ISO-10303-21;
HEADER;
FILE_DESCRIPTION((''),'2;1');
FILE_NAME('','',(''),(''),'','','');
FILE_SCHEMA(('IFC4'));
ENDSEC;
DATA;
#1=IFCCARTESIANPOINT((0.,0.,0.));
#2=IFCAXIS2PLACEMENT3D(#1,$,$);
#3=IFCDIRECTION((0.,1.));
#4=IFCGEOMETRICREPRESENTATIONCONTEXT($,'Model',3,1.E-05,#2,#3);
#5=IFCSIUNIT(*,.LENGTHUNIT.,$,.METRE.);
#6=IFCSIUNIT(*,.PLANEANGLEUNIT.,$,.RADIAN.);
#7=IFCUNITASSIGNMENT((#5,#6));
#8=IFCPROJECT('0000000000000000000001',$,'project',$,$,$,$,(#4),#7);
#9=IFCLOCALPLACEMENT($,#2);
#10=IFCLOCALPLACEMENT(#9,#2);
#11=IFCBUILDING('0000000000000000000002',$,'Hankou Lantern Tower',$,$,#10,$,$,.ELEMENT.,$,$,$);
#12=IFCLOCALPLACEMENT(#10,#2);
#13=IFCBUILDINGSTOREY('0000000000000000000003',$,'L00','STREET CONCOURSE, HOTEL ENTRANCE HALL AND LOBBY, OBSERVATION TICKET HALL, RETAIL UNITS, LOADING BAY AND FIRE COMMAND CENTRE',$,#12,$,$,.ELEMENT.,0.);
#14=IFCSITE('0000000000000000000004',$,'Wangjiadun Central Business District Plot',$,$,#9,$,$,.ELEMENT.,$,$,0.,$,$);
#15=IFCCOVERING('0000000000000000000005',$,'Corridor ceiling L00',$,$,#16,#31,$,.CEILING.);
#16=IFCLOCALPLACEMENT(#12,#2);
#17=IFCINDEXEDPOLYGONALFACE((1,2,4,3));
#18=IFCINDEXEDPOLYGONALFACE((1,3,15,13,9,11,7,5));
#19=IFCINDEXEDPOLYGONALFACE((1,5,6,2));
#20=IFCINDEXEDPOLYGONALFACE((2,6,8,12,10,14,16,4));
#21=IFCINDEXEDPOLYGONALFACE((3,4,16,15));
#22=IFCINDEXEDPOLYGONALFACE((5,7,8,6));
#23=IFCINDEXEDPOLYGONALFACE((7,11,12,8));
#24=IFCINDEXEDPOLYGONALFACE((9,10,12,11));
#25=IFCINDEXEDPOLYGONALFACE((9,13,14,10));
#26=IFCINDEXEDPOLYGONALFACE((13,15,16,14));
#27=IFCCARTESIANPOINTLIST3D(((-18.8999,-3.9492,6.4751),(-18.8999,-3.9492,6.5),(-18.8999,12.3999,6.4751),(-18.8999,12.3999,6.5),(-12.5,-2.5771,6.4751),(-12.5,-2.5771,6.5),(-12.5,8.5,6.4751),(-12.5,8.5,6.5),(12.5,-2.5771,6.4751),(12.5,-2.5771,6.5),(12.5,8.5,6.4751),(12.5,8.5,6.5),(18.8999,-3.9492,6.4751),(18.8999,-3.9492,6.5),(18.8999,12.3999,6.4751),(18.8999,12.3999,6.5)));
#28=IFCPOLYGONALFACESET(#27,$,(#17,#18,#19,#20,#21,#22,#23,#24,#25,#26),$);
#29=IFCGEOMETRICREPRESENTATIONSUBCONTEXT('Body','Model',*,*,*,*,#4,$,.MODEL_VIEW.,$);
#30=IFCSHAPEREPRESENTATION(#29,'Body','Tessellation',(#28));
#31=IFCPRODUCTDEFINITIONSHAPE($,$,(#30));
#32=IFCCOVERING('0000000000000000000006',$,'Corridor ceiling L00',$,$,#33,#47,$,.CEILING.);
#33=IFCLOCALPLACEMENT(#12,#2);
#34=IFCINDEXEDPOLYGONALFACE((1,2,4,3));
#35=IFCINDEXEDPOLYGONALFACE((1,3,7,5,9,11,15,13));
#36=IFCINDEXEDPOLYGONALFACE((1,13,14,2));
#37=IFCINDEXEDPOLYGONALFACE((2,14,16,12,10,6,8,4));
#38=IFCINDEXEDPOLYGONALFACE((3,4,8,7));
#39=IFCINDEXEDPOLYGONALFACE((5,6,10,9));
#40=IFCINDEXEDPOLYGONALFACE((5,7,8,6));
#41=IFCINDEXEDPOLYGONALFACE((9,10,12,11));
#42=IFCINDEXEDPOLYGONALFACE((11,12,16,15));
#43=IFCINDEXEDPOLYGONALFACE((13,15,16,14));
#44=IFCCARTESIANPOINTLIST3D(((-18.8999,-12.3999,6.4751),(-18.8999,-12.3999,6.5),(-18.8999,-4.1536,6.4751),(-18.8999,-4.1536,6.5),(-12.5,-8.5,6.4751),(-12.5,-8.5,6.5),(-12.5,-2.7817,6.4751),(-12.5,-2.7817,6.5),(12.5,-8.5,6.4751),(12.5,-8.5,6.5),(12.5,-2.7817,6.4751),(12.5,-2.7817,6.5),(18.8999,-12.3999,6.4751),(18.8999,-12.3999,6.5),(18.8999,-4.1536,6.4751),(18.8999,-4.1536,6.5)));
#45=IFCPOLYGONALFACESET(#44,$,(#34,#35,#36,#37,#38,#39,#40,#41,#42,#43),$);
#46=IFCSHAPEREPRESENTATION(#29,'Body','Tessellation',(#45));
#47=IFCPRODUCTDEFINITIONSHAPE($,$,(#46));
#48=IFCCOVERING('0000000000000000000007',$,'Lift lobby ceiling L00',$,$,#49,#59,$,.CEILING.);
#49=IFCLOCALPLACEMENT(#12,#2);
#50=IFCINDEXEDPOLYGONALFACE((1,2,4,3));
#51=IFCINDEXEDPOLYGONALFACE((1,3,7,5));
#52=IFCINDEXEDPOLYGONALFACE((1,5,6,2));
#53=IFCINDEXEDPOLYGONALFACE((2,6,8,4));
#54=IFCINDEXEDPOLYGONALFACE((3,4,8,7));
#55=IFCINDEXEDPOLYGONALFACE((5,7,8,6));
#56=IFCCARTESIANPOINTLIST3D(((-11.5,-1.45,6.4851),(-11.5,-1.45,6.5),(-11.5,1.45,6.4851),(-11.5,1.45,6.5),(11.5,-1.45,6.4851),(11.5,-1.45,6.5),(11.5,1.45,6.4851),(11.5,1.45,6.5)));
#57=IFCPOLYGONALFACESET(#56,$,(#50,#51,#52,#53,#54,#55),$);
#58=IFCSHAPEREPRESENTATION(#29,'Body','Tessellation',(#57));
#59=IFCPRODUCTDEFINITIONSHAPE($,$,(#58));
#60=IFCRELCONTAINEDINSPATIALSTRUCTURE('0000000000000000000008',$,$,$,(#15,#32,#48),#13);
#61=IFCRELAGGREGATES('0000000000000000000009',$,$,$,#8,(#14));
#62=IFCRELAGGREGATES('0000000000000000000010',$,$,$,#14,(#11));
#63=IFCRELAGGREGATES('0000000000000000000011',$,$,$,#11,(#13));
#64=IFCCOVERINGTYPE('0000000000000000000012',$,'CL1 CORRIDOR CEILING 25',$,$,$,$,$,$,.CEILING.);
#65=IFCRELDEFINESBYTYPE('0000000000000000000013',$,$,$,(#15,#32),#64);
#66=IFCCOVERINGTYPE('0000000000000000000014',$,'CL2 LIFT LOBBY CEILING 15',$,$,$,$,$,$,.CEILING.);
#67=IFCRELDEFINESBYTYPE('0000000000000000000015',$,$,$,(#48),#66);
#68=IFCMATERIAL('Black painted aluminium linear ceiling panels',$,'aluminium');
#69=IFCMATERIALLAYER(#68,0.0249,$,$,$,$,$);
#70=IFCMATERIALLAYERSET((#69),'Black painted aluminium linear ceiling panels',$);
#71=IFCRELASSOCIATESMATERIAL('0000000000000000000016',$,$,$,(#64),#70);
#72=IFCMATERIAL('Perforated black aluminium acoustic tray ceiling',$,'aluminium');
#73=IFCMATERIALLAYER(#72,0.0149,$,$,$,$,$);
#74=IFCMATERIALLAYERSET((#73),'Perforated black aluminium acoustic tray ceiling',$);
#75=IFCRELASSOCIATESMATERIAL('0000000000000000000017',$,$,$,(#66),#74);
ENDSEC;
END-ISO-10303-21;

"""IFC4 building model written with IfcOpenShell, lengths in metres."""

from ifc_helpers import new_model, si_unit, direction, frame, origin, place, context, subcontext, project, spatial, polyline, outline, extrude, material, layer, layer_set, type_object, element, save


model = new_model("IFC4")

# Units and contexts
model_context = context("Model", 3, precision=1e-05, world=origin(), true_north=direction((0.0, 1.0)))
body_context = subcontext(model_context, "Body", "Model", "MODEL_VIEW")
ifc_project = project(units=[si_unit("LENGTHUNIT", "METRE"), si_unit("PLANEANGLEUNIT", "RADIAN")], contexts=[model_context])

# Site, building, storey
site_placement = place(None, origin())
site = spatial("IfcSite", under=ifc_project, at=site_placement, Name="Wangjiadun Central Business District Plot", CompositionType="ELEMENT", RefElevation=0.0)
building_placement = place(site_placement, origin())
building = spatial("IfcBuilding", under=site, at=building_placement, Name="Hankou Lantern Tower", CompositionType="ELEMENT")
storey_placement = place(building_placement, origin())
storey = spatial("IfcBuildingStorey", under=building, at=storey_placement, Name="L00", Description="STREET CONCOURSE, HOTEL ENTRANCE HALL AND LOBBY, OBSERVATION TICKET HALL, RETAIL UNITS, LOADING BAY AND FIRE COMMAND CENTRE", CompositionType="ELEMENT", Elevation=0.0)

# Coverings
ifc_material_1 = material(Name="Black painted aluminium linear ceiling panels", Category="aluminium")
ifc_layer_1 = layer(ifc_material_1, 0.0249)
ifc_layer_set_1 = layer_set([ifc_layer_1], Name="Black painted aluminium linear ceiling panels")
covering_type_1 = type_object("IfcCoveringType", Name="CL1 CORRIDOR CEILING 25", PredefinedType="CEILING", material=ifc_layer_set_1)
covering_1_placement = place(storey_placement, frame((0.0, 0.0, 6.4751)))
element("IfcCovering", 1, at=covering_1_placement, inside=storey, type_object=covering_type_1, Name="Corridor ceiling L00", PredefinedType="CEILING", context=body_context, shape_type="SweptSolid", body=[
    extrude(outline(polyline([(-18.8999, 12.3999), (-18.8999, -3.9492), (-12.5, -2.5771), (-12.5, 8.5), (12.5, 8.5), (12.5, -2.5771), (18.8999, -3.9492), (18.8999, 12.3999), (-18.8999, 12.3999)])), origin(), (0.0, 0.0, 1.0), 0.0249),
])
covering_2_placement = place(storey_placement, frame((0.0, 0.0, 6.4751)))
element("IfcCovering", 2, at=covering_2_placement, inside=storey, type_object=covering_type_1, Name="Corridor ceiling L00", PredefinedType="CEILING", context=body_context, shape_type="SweptSolid", body=[
    extrude(outline(polyline([(18.8999, -4.1536), (12.5, -2.7817), (12.5, -8.5), (-12.5, -8.5), (-12.5, -2.7817), (-18.8999, -4.1536), (-18.8999, -12.3999), (18.8999, -12.3999), (18.8999, -4.1536)])), origin(), (0.0, 0.0, 1.0), 0.0249),
])
ifc_material_2 = material(Name="Perforated black aluminium acoustic tray ceiling", Category="aluminium")
ifc_layer_2 = layer(ifc_material_2, 0.0149)
ifc_layer_set_2 = layer_set([ifc_layer_2], Name="Perforated black aluminium acoustic tray ceiling")
covering_type_2 = type_object("IfcCoveringType", Name="CL2 LIFT LOBBY CEILING 15", PredefinedType="CEILING", material=ifc_layer_set_2)
covering_3_placement = place(storey_placement, frame((0.0, 0.0, 6.4851)))
element("IfcCovering", 3, at=covering_3_placement, inside=storey, type_object=covering_type_2, Name="Lift lobby ceiling L00", PredefinedType="CEILING", context=body_context, shape_type="SweptSolid", body=[
    extrude(outline(polyline([(-11.5, -1.45), (11.5, -1.45), (11.5, 1.45), (-11.5, 1.45), (-11.5, -1.45)])), origin(), (0.0, 0.0, 1.0), 0.0149),
])

save(model, "model.ifc")
